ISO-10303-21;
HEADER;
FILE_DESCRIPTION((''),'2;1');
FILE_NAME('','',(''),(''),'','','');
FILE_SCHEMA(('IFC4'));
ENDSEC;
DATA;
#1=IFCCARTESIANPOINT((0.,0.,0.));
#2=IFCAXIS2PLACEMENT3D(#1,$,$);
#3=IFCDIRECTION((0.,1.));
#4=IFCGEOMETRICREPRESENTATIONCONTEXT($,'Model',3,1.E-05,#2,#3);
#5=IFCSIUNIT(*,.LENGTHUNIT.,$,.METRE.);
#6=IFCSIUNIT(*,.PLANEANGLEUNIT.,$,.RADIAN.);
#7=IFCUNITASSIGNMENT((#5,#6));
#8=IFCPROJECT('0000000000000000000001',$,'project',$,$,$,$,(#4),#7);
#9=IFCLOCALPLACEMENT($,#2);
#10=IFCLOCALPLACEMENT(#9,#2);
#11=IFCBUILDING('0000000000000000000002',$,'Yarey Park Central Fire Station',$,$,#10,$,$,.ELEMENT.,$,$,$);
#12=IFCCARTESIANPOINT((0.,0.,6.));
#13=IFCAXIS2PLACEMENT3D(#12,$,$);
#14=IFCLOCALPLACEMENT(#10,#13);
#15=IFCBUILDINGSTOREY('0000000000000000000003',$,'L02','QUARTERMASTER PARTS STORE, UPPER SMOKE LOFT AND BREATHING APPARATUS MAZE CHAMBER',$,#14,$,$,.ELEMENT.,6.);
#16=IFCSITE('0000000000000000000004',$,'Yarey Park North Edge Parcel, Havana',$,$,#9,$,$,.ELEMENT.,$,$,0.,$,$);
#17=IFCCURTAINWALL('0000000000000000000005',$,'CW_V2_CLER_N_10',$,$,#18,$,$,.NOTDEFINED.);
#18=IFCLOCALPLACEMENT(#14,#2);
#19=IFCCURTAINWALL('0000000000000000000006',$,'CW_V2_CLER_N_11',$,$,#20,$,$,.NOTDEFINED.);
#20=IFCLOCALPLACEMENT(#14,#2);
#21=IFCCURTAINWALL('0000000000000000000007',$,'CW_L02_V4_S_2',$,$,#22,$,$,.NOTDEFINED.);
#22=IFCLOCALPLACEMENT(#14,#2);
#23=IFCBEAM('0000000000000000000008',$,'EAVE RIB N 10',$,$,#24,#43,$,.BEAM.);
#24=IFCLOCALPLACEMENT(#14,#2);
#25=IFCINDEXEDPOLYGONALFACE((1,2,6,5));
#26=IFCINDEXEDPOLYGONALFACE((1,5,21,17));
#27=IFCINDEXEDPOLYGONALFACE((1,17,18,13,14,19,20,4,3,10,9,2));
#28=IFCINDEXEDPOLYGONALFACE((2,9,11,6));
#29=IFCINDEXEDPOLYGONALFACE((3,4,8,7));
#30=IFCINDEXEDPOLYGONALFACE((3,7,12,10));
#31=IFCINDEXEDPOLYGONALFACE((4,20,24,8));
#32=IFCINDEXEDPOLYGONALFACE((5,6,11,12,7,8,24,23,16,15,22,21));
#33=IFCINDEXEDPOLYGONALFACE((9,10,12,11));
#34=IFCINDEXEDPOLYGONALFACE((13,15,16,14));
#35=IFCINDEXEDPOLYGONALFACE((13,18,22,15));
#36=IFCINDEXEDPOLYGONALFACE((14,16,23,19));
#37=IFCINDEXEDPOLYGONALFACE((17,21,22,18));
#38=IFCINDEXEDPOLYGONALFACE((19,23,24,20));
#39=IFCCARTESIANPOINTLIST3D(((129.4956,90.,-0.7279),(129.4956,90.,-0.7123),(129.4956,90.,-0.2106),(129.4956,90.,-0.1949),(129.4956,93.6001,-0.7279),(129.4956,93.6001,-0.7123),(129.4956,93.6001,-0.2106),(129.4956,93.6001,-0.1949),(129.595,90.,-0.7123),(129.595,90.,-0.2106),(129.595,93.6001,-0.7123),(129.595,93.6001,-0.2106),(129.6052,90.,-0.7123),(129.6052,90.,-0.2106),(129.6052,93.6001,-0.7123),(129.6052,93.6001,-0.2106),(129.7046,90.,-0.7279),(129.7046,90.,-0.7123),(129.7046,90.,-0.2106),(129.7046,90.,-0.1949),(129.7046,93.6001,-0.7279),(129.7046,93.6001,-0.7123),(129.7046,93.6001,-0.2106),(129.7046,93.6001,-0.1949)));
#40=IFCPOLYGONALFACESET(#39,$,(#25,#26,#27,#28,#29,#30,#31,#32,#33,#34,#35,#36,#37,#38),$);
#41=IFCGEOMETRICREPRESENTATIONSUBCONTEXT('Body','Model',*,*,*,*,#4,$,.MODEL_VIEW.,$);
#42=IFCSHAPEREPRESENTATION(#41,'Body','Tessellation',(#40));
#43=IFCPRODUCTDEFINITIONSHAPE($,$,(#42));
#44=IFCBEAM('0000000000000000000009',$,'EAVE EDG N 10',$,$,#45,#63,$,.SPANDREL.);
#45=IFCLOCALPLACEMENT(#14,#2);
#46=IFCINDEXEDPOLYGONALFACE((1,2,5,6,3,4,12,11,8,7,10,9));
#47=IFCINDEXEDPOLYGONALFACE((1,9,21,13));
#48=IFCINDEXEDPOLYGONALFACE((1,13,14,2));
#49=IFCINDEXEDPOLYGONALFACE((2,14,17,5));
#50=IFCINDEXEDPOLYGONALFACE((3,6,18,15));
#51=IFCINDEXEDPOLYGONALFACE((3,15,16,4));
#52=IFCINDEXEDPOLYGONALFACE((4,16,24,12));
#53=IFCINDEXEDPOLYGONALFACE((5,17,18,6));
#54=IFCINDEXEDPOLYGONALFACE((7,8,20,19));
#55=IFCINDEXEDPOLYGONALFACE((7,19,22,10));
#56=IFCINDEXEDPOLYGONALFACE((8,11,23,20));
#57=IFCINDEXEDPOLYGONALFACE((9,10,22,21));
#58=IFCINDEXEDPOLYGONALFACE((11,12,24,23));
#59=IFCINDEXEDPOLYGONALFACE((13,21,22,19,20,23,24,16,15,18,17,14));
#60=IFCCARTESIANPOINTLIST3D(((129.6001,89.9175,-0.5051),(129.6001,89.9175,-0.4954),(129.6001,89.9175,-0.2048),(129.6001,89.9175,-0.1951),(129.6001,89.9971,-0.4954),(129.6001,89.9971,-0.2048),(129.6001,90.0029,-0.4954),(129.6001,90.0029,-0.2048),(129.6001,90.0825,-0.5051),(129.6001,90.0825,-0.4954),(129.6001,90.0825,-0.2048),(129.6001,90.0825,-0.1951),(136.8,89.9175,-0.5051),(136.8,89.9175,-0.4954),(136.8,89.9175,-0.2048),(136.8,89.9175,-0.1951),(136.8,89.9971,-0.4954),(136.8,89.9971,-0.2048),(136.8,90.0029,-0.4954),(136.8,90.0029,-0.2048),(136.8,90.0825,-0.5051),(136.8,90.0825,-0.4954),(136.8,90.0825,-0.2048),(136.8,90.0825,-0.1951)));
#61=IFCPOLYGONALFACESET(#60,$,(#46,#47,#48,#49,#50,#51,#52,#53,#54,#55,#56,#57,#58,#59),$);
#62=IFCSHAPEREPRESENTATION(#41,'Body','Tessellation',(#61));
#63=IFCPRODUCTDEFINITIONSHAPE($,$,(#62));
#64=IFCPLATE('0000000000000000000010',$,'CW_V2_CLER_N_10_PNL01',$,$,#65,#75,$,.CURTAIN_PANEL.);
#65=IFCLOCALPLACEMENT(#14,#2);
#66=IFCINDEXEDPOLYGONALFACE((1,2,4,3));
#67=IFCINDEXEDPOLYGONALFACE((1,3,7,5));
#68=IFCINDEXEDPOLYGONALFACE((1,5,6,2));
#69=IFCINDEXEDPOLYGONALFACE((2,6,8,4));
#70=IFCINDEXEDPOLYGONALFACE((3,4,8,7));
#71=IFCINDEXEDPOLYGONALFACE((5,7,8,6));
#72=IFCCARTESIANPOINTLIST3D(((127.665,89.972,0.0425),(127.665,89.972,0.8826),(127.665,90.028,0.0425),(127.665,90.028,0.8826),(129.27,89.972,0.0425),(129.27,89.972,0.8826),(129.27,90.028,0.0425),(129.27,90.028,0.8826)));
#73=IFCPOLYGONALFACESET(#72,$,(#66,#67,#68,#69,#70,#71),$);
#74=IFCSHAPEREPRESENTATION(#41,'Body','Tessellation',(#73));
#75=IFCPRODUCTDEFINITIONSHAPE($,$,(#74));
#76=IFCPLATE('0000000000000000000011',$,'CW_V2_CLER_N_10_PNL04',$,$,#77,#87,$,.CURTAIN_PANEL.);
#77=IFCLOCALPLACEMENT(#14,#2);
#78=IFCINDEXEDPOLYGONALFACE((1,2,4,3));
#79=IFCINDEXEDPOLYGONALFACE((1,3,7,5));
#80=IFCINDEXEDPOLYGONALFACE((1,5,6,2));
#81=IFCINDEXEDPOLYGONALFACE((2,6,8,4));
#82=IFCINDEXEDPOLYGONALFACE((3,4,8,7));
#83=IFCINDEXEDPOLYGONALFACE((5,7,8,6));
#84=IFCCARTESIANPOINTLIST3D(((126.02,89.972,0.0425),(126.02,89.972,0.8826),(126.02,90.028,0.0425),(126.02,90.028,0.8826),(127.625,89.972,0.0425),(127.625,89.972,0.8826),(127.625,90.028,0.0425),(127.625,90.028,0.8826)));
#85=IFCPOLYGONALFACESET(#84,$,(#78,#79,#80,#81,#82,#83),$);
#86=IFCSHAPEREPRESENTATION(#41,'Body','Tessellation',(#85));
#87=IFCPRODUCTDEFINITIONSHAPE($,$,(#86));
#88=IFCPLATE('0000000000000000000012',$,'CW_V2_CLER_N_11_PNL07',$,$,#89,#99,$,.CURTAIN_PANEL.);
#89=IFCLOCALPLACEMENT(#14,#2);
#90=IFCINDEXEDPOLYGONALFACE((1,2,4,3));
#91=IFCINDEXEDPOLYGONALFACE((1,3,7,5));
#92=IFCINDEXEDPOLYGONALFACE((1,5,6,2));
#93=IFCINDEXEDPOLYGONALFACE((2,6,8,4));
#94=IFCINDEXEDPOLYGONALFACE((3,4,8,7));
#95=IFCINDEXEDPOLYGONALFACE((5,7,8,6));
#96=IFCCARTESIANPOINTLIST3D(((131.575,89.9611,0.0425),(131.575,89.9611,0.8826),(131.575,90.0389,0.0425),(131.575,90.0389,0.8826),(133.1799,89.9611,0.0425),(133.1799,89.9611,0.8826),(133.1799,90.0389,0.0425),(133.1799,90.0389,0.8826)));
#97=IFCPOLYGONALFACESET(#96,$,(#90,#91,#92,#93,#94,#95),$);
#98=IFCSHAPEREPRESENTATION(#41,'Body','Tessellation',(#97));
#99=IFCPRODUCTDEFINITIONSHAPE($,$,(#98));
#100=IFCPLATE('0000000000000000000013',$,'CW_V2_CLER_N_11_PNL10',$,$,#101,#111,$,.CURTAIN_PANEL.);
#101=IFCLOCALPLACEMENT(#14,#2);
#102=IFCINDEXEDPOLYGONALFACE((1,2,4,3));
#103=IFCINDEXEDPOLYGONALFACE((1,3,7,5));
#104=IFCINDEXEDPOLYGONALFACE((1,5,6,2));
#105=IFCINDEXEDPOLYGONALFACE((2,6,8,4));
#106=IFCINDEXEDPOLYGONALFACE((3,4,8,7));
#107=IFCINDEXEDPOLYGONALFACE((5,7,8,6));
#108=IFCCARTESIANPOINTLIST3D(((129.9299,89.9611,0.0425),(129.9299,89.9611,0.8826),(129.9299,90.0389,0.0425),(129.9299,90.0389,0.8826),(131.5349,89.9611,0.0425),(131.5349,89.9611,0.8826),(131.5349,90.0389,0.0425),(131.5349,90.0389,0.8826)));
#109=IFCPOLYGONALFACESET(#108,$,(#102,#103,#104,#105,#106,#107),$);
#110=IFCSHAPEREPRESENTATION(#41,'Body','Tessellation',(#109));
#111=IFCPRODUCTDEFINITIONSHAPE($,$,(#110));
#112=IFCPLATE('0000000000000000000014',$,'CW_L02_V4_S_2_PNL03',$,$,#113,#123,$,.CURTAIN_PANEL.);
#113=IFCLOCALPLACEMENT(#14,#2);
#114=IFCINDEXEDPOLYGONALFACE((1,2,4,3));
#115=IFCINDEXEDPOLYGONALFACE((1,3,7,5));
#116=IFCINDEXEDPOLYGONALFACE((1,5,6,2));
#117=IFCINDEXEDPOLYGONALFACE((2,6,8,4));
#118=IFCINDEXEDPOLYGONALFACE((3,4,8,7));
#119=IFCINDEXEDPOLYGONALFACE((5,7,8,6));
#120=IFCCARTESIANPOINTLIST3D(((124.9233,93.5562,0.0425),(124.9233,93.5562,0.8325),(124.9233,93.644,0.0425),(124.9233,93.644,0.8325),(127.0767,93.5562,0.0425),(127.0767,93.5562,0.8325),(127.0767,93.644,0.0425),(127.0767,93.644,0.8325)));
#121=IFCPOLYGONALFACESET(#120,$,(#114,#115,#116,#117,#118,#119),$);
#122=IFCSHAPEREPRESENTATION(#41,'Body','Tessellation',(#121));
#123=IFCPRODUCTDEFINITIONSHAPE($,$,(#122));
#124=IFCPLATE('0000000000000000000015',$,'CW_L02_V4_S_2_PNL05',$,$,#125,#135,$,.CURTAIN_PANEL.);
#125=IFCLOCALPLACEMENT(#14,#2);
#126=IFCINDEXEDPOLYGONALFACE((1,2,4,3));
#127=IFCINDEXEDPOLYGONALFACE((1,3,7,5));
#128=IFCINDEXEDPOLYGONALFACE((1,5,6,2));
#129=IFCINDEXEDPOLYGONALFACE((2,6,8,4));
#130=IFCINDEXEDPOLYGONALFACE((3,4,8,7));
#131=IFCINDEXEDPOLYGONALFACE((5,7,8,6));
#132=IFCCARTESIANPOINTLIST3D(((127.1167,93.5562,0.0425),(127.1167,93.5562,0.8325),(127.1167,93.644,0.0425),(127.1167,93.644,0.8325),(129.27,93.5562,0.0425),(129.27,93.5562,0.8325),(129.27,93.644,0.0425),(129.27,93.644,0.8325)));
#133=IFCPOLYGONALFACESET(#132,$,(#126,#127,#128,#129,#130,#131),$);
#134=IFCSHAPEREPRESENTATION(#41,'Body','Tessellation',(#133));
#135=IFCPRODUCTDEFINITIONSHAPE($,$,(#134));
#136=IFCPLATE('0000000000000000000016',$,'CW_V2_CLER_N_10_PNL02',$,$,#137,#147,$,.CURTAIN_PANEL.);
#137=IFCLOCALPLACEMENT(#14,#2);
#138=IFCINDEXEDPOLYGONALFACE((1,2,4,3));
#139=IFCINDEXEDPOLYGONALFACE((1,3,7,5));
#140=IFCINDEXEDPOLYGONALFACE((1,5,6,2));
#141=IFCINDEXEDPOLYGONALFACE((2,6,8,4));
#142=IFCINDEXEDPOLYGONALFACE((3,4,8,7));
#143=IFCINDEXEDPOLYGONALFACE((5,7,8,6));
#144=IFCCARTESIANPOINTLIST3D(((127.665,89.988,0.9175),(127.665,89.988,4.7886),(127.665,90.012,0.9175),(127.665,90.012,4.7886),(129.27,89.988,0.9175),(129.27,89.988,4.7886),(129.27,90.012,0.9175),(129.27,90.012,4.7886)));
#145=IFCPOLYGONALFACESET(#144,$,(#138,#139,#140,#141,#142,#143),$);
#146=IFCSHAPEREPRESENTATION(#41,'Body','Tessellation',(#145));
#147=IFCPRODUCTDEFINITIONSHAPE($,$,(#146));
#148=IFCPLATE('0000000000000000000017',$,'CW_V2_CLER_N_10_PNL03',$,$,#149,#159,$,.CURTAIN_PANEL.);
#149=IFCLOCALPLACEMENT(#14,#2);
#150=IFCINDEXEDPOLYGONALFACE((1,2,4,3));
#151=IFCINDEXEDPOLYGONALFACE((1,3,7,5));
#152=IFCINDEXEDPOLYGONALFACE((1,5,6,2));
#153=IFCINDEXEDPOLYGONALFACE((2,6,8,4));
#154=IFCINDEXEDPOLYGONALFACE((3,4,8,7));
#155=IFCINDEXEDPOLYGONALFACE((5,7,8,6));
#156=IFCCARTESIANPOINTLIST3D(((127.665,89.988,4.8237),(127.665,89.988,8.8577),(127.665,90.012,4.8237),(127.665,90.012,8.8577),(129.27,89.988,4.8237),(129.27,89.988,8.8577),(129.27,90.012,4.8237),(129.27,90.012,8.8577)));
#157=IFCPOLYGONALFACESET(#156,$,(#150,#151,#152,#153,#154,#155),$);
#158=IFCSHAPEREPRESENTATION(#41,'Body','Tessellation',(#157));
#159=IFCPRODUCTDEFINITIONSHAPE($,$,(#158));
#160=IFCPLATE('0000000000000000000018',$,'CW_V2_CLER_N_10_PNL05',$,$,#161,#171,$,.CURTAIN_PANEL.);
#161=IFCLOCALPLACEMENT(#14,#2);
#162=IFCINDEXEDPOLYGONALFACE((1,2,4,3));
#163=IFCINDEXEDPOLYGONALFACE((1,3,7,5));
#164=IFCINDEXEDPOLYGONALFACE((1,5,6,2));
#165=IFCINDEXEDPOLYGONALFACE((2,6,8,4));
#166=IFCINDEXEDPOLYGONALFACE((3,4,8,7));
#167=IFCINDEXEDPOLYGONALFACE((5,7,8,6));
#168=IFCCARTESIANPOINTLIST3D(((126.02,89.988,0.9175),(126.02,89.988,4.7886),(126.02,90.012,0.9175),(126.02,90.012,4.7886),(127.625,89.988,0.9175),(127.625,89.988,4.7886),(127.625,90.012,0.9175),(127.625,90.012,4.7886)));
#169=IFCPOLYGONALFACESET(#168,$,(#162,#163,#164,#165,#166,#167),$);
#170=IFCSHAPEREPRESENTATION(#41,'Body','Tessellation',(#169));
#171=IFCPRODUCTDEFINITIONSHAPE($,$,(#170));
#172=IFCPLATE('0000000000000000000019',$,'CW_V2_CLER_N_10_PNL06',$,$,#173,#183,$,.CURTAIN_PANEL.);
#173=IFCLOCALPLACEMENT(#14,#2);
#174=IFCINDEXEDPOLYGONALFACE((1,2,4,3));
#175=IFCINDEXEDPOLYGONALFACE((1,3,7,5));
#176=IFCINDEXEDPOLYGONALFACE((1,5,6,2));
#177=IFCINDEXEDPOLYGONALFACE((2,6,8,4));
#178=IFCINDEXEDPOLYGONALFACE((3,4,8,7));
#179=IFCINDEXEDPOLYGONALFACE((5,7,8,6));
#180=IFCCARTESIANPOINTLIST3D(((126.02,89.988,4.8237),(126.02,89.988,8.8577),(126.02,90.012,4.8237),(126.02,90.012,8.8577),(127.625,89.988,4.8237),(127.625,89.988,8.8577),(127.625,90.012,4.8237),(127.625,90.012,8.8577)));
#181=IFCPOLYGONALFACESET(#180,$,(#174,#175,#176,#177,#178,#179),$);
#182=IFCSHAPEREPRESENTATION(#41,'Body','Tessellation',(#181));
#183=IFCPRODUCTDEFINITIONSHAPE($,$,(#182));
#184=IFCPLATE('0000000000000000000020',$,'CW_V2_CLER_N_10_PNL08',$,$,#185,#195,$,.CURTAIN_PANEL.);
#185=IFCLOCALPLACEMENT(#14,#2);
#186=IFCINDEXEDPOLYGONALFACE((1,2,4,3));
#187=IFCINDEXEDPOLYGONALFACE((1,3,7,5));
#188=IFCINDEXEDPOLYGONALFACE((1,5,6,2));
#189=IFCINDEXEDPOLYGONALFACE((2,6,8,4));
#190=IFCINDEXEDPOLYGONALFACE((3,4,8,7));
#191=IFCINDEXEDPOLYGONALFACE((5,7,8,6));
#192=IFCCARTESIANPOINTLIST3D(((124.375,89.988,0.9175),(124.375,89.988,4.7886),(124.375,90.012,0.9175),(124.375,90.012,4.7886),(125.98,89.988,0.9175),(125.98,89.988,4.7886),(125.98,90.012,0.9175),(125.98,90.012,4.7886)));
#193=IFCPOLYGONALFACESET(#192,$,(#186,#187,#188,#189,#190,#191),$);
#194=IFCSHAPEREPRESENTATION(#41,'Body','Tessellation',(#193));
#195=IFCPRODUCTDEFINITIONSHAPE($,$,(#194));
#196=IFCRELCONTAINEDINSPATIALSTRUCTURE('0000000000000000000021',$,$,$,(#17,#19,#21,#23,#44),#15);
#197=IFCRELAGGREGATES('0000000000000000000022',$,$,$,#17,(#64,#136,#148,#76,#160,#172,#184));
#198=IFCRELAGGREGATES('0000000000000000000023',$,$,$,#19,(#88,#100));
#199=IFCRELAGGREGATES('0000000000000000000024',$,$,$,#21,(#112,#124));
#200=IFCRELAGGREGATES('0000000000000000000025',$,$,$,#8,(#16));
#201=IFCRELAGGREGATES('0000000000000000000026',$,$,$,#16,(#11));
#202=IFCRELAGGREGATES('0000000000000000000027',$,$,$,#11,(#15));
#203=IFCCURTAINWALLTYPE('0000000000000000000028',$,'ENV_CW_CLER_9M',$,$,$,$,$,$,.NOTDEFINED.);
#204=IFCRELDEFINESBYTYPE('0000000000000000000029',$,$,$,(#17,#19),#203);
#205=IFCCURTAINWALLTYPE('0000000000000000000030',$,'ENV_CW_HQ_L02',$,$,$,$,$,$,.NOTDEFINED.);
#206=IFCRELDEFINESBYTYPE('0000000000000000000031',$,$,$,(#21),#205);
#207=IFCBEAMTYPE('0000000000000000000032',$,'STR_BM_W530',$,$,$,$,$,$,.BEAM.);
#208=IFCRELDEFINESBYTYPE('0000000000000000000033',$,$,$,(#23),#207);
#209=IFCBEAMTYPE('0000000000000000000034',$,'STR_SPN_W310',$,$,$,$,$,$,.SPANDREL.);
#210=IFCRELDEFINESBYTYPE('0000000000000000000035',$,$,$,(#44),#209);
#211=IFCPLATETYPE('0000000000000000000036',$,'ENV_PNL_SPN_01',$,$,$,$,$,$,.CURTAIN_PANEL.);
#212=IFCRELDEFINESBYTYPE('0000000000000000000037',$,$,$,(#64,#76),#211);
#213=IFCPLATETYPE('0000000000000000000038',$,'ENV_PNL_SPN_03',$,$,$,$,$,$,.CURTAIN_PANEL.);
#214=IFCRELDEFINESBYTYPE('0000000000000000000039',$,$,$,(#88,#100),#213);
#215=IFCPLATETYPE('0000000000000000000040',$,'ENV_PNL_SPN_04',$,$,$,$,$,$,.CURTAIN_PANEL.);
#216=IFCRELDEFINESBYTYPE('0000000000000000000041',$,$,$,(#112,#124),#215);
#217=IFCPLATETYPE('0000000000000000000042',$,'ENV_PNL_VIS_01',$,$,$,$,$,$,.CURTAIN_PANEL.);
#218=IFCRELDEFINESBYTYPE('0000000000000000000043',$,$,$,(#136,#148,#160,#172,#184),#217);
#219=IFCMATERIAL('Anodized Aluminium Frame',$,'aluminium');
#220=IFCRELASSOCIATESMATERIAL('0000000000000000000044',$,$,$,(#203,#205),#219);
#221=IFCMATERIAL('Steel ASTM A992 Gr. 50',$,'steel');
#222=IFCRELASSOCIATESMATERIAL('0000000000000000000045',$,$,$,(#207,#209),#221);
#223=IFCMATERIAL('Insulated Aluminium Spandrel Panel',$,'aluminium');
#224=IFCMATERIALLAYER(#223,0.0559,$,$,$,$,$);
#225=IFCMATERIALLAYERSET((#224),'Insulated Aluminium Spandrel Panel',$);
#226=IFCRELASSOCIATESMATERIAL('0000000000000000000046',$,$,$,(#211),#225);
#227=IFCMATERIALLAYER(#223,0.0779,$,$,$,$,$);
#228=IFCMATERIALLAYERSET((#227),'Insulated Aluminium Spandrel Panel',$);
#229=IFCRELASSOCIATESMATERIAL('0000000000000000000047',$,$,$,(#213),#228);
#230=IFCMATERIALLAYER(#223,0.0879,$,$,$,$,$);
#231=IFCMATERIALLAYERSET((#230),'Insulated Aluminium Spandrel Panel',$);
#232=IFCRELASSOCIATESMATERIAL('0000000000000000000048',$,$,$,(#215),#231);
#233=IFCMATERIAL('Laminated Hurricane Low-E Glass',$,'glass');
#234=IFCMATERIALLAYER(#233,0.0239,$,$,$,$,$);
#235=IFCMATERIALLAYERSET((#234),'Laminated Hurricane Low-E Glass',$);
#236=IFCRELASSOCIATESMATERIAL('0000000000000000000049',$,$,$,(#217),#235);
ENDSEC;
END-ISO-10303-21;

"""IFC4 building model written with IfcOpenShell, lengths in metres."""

from ifc_helpers import new_model, si_unit, direction, frame, origin, origin_2d, place, context, subcontext, project, spatial, rectangle, i_section, extrude, material, layer, layer_set, material_profile, profile_set, type_object, element, aggregate, save


model = new_model("IFC4")

# Units and contexts
model_context = context("Model", 3, precision=1e-05, world=origin(), true_north=direction((0.0, 1.0)))
body_context = subcontext(model_context, "Body", "Model", "MODEL_VIEW")
ifc_project = project(units=[si_unit("LENGTHUNIT", "METRE"), si_unit("PLANEANGLEUNIT", "RADIAN")], contexts=[model_context])

# Site, building, storey
site_placement = place(None, origin())
site = spatial("IfcSite", under=ifc_project, at=site_placement, Name="Yarey Park North Edge Parcel, Havana", CompositionType="ELEMENT", RefElevation=0.0)
building_placement = place(site_placement, origin())
building = spatial("IfcBuilding", under=site, at=building_placement, Name="Yarey Park Central Fire Station", CompositionType="ELEMENT")
storey_placement = place(building_placement, frame((0.0, 0.0, 6.0)))
storey = spatial("IfcBuildingStorey", under=building, at=storey_placement, Name="L02", Description="QUARTERMASTER PARTS STORE, UPPER SMOKE LOFT AND BREATHING APPARATUS MAZE CHAMBER", CompositionType="ELEMENT", Elevation=6.0)

# Curtain walls
ifc_material_1 = material(Name="Anodized Aluminium Frame", Category="aluminium")
curtain_wall_type_1 = type_object("IfcCurtainWallType", Name="ENV_CW_CLER_9M", PredefinedType="NOTDEFINED", material=ifc_material_1)
curtain_wall_1_placement = place(storey_placement, origin())
curtain_wall_1 = element("IfcCurtainWall", 1, at=curtain_wall_1_placement, inside=storey, type_object=curtain_wall_type_1, Name="CW_V2_CLER_N_10", PredefinedType="NOTDEFINED")
curtain_wall_2_placement = place(storey_placement, origin())
curtain_wall_2 = element("IfcCurtainWall", 2, at=curtain_wall_2_placement, inside=storey, type_object=curtain_wall_type_1, Name="CW_V2_CLER_N_11", PredefinedType="NOTDEFINED")

# Curtain wall
curtain_wall_type_2 = type_object("IfcCurtainWallType", Name="ENV_CW_HQ_L02", PredefinedType="NOTDEFINED", material=ifc_material_1)
curtain_wall_3_placement = place(storey_placement, origin())
curtain_wall_3 = element("IfcCurtainWall", 3, at=curtain_wall_3_placement, inside=storey, type_object=curtain_wall_type_2, Name="CW_L02_V4_S_2", PredefinedType="NOTDEFINED")

# Beams
ifc_material_2 = material(Name="Steel ASTM A992 Gr. 50", Category="steel")
ifc_material_profile_1 = material_profile(ifc_material_2, i_section(OverallWidth=0.209, OverallDepth=0.533, WebThickness=0.0103, FlangeThickness=0.0156, at=origin_2d()), Name="W530x92")
ifc_profile_set_1 = profile_set([ifc_material_profile_1], Name="Steel ASTM A992 Gr. 50")
beam_type_1 = type_object("IfcBeamType", Name="STR_BM_W530", PredefinedType="BEAM", material=ifc_profile_set_1)
beam_1_placement = place(storey_placement, frame((129.6001, 90.0, -0.4614), z_axis=(0.0, 1.0, 0.0), x_axis=(-1.0, 0.0, 0.0)))
element("IfcBeam", 4, at=beam_1_placement, inside=storey, type_object=beam_type_1, Name="EAVE RIB N 10", PredefinedType="BEAM", context=body_context, shape_type="SweptSolid", body=[
    extrude(i_section(OverallWidth=0.209, OverallDepth=0.533, WebThickness=0.0103, FlangeThickness=0.0156, at=origin_2d()), origin(), (0.0, 0.0, 1.0), 3.6001),
])
ifc_material_profile_2 = material_profile(ifc_material_2, i_section(OverallWidth=0.165, OverallDepth=0.3101, WebThickness=0.0059, FlangeThickness=0.0098, at=origin_2d()), Name="W310x39")
ifc_profile_set_2 = profile_set([ifc_material_profile_2], Name="Steel ASTM A992 Gr. 50")
beam_type_2 = type_object("IfcBeamType", Name="STR_SPN_W310", PredefinedType="SPANDREL", material=ifc_profile_set_2)
beam_2_placement = place(storey_placement, frame((129.6001, 90.0, -0.3501), z_axis=(1.0, 0.0, 0.0), x_axis=(0.0, 1.0, 0.0)))
element("IfcBeam", 5, at=beam_2_placement, inside=storey, type_object=beam_type_2, Name="EAVE EDG N 10", PredefinedType="SPANDREL", context=body_context, shape_type="SweptSolid", body=[
    extrude(i_section(OverallWidth=0.165, OverallDepth=0.3101, WebThickness=0.0059, FlangeThickness=0.0098, at=origin_2d()), origin(), (0.0, 0.0, 1.0), 7.2),
])

# Plates
ifc_material_3 = material(Name="Insulated Aluminium Spandrel Panel", Category="aluminium")
ifc_layer_1 = layer(ifc_material_3, 0.0559)
ifc_layer_set_1 = layer_set([ifc_layer_1], Name="Insulated Aluminium Spandrel Panel")
plate_type_1 = type_object("IfcPlateType", Name="ENV_PNL_SPN_01", PredefinedType="CURTAIN_PANEL", material=ifc_layer_set_1)
plate_1_placement = place(storey_placement, frame((128.4675, 90.0, 0.0425), z_axis=(0.0, 0.0, 1.0), x_axis=(-1.0, 0.0, 0.0)))
plate_1 = element("IfcPlate", 6, at=plate_1_placement, type_object=plate_type_1, Name="CW_V2_CLER_N_10_PNL01", PredefinedType="CURTAIN_PANEL", context=body_context, shape_type="SweptSolid", body=[
    extrude(rectangle(XDim=1.605, YDim=0.0559, at=origin_2d()), origin(), (0.0, 0.0, 1.0), 0.8401),
])
plate_2_placement = place(storey_placement, frame((126.8225, 90.0, 0.0425), z_axis=(0.0, 0.0, 1.0), x_axis=(-1.0, 0.0, 0.0)))
plate_2 = element("IfcPlate", 7, at=plate_2_placement, type_object=plate_type_1, Name="CW_V2_CLER_N_10_PNL04", PredefinedType="CURTAIN_PANEL", context=body_context, shape_type="SweptSolid", body=[
    extrude(rectangle(XDim=1.605, YDim=0.0559, at=origin_2d()), origin(), (0.0, 0.0, 1.0), 0.8401),
])
ifc_layer_2 = layer(ifc_material_3, 0.0779)
ifc_layer_set_2 = layer_set([ifc_layer_2], Name="Insulated Aluminium Spandrel Panel")
plate_type_2 = type_object("IfcPlateType", Name="ENV_PNL_SPN_03", PredefinedType="CURTAIN_PANEL", material=ifc_layer_set_2)
plate_3_placement = place(storey_placement, frame((132.3774, 90.0, 0.0425), z_axis=(0.0, 0.0, 1.0), x_axis=(-1.0, 0.0, 0.0)))
plate_3 = element("IfcPlate", 8, at=plate_3_placement, type_object=plate_type_2, Name="CW_V2_CLER_N_11_PNL07", PredefinedType="CURTAIN_PANEL", context=body_context, shape_type="SweptSolid", body=[
    extrude(rectangle(XDim=1.605, YDim=0.0779, at=origin_2d()), origin(), (0.0, 0.0, 1.0), 0.8401),
])
plate_4_placement = place(storey_placement, frame((130.7324, 90.0, 0.0425), z_axis=(0.0, 0.0, 1.0), x_axis=(-1.0, 0.0, 0.0)))
plate_4 = element("IfcPlate", 9, at=plate_4_placement, type_object=plate_type_2, Name="CW_V2_CLER_N_11_PNL10", PredefinedType="CURTAIN_PANEL", context=body_context, shape_type="SweptSolid", body=[
    extrude(rectangle(XDim=1.605, YDim=0.0779, at=origin_2d()), origin(), (0.0, 0.0, 1.0), 0.8401),
])
ifc_layer_3 = layer(ifc_material_3, 0.0879)
ifc_layer_set_3 = layer_set([ifc_layer_3], Name="Insulated Aluminium Spandrel Panel")
plate_type_3 = type_object("IfcPlateType", Name="ENV_PNL_SPN_04", PredefinedType="CURTAIN_PANEL", material=ifc_layer_set_3)
plate_5_placement = place(storey_placement, frame((126.0, 93.6001, 0.0425), z_axis=(0.0, 0.0, 1.0), x_axis=(1.0, 0.0, 0.0)))
plate_5 = element("IfcPlate", 10, at=plate_5_placement, type_object=plate_type_3, Name="CW_L02_V4_S_2_PNL03", PredefinedType="CURTAIN_PANEL", context=body_context, shape_type="SweptSolid", body=[
    extrude(rectangle(XDim=2.1533, YDim=0.0879, at=origin_2d()), origin(), (0.0, 0.0, 1.0), 0.79),
])
plate_6_placement = place(storey_placement, frame((128.1934, 93.6001, 0.0425), z_axis=(0.0, 0.0, 1.0), x_axis=(1.0, 0.0, 0.0)))
plate_6 = element("IfcPlate", 11, at=plate_6_placement, type_object=plate_type_3, Name="CW_L02_V4_S_2_PNL05", PredefinedType="CURTAIN_PANEL", context=body_context, shape_type="SweptSolid", body=[
    extrude(rectangle(XDim=2.1533, YDim=0.0879, at=origin_2d()), origin(), (0.0, 0.0, 1.0), 0.79),
])
ifc_material_4 = material(Name="Laminated Hurricane Low-E Glass", Category="glass")
ifc_layer_4 = layer(ifc_material_4, 0.0239)
ifc_layer_set_4 = layer_set([ifc_layer_4], Name="Laminated Hurricane Low-E Glass")
plate_type_4 = type_object("IfcPlateType", Name="ENV_PNL_VIS_01", PredefinedType="CURTAIN_PANEL", material=ifc_layer_set_4)
plate_7_placement = place(storey_placement, frame((128.4675, 90.0, 0.9175), z_axis=(0.0, 0.0, 1.0), x_axis=(-1.0, 0.0, 0.0)))
plate_7 = element("IfcPlate", 12, at=plate_7_placement, type_object=plate_type_4, Name="CW_V2_CLER_N_10_PNL02", PredefinedType="CURTAIN_PANEL", context=body_context, shape_type="SweptSolid", body=[
    extrude(rectangle(XDim=1.605, YDim=0.0239, at=origin_2d()), origin(), (0.0, 0.0, 1.0), 3.8711),
])
plate_8_placement = place(storey_placement, frame((128.4675, 90.0, 4.8237), z_axis=(0.0, 0.0, 1.0), x_axis=(-1.0, 0.0, 0.0)))
plate_8 = element("IfcPlate", 13, at=plate_8_placement, type_object=plate_type_4, Name="CW_V2_CLER_N_10_PNL03", PredefinedType="CURTAIN_PANEL", context=body_context, shape_type="SweptSolid", body=[
    extrude(rectangle(XDim=1.605, YDim=0.0239, at=origin_2d()), origin(), (0.0, 0.0, 1.0), 4.0339),
])
plate_9_placement = place(storey_placement, frame((126.8225, 90.0, 0.9175), z_axis=(0.0, 0.0, 1.0), x_axis=(-1.0, 0.0, 0.0)))
plate_9 = element("IfcPlate", 14, at=plate_9_placement, type_object=plate_type_4, Name="CW_V2_CLER_N_10_PNL05", PredefinedType="CURTAIN_PANEL", context=body_context, shape_type="SweptSolid", body=[
    extrude(rectangle(XDim=1.605, YDim=0.0239, at=origin_2d()), origin(), (0.0, 0.0, 1.0), 3.8711),
])
plate_10_placement = place(storey_placement, frame((126.8225, 90.0, 4.8237), z_axis=(0.0, 0.0, 1.0), x_axis=(-1.0, 0.0, 0.0)))
plate_10 = element("IfcPlate", 15, at=plate_10_placement, type_object=plate_type_4, Name="CW_V2_CLER_N_10_PNL06", PredefinedType="CURTAIN_PANEL", context=body_context, shape_type="SweptSolid", body=[
    extrude(rectangle(XDim=1.605, YDim=0.0239, at=origin_2d()), origin(), (0.0, 0.0, 1.0), 4.0339),
])
plate_11_placement = place(storey_placement, frame((125.1775, 90.0, 0.9175), z_axis=(0.0, 0.0, 1.0), x_axis=(-1.0, 0.0, 0.0)))
plate_11 = element("IfcPlate", 16, at=plate_11_placement, type_object=plate_type_4, Name="CW_V2_CLER_N_10_PNL08", PredefinedType="CURTAIN_PANEL", context=body_context, shape_type="SweptSolid", body=[
    extrude(rectangle(XDim=1.605, YDim=0.0239, at=origin_2d()), origin(), (0.0, 0.0, 1.0), 3.8711),
])
aggregate(curtain_wall_1, [plate_1, plate_7, plate_8, plate_2, plate_9, plate_10, plate_11])
aggregate(curtain_wall_2, [plate_3, plate_4])
aggregate(curtain_wall_3, [plate_5, plate_6])

save(model, "model.ifc")
